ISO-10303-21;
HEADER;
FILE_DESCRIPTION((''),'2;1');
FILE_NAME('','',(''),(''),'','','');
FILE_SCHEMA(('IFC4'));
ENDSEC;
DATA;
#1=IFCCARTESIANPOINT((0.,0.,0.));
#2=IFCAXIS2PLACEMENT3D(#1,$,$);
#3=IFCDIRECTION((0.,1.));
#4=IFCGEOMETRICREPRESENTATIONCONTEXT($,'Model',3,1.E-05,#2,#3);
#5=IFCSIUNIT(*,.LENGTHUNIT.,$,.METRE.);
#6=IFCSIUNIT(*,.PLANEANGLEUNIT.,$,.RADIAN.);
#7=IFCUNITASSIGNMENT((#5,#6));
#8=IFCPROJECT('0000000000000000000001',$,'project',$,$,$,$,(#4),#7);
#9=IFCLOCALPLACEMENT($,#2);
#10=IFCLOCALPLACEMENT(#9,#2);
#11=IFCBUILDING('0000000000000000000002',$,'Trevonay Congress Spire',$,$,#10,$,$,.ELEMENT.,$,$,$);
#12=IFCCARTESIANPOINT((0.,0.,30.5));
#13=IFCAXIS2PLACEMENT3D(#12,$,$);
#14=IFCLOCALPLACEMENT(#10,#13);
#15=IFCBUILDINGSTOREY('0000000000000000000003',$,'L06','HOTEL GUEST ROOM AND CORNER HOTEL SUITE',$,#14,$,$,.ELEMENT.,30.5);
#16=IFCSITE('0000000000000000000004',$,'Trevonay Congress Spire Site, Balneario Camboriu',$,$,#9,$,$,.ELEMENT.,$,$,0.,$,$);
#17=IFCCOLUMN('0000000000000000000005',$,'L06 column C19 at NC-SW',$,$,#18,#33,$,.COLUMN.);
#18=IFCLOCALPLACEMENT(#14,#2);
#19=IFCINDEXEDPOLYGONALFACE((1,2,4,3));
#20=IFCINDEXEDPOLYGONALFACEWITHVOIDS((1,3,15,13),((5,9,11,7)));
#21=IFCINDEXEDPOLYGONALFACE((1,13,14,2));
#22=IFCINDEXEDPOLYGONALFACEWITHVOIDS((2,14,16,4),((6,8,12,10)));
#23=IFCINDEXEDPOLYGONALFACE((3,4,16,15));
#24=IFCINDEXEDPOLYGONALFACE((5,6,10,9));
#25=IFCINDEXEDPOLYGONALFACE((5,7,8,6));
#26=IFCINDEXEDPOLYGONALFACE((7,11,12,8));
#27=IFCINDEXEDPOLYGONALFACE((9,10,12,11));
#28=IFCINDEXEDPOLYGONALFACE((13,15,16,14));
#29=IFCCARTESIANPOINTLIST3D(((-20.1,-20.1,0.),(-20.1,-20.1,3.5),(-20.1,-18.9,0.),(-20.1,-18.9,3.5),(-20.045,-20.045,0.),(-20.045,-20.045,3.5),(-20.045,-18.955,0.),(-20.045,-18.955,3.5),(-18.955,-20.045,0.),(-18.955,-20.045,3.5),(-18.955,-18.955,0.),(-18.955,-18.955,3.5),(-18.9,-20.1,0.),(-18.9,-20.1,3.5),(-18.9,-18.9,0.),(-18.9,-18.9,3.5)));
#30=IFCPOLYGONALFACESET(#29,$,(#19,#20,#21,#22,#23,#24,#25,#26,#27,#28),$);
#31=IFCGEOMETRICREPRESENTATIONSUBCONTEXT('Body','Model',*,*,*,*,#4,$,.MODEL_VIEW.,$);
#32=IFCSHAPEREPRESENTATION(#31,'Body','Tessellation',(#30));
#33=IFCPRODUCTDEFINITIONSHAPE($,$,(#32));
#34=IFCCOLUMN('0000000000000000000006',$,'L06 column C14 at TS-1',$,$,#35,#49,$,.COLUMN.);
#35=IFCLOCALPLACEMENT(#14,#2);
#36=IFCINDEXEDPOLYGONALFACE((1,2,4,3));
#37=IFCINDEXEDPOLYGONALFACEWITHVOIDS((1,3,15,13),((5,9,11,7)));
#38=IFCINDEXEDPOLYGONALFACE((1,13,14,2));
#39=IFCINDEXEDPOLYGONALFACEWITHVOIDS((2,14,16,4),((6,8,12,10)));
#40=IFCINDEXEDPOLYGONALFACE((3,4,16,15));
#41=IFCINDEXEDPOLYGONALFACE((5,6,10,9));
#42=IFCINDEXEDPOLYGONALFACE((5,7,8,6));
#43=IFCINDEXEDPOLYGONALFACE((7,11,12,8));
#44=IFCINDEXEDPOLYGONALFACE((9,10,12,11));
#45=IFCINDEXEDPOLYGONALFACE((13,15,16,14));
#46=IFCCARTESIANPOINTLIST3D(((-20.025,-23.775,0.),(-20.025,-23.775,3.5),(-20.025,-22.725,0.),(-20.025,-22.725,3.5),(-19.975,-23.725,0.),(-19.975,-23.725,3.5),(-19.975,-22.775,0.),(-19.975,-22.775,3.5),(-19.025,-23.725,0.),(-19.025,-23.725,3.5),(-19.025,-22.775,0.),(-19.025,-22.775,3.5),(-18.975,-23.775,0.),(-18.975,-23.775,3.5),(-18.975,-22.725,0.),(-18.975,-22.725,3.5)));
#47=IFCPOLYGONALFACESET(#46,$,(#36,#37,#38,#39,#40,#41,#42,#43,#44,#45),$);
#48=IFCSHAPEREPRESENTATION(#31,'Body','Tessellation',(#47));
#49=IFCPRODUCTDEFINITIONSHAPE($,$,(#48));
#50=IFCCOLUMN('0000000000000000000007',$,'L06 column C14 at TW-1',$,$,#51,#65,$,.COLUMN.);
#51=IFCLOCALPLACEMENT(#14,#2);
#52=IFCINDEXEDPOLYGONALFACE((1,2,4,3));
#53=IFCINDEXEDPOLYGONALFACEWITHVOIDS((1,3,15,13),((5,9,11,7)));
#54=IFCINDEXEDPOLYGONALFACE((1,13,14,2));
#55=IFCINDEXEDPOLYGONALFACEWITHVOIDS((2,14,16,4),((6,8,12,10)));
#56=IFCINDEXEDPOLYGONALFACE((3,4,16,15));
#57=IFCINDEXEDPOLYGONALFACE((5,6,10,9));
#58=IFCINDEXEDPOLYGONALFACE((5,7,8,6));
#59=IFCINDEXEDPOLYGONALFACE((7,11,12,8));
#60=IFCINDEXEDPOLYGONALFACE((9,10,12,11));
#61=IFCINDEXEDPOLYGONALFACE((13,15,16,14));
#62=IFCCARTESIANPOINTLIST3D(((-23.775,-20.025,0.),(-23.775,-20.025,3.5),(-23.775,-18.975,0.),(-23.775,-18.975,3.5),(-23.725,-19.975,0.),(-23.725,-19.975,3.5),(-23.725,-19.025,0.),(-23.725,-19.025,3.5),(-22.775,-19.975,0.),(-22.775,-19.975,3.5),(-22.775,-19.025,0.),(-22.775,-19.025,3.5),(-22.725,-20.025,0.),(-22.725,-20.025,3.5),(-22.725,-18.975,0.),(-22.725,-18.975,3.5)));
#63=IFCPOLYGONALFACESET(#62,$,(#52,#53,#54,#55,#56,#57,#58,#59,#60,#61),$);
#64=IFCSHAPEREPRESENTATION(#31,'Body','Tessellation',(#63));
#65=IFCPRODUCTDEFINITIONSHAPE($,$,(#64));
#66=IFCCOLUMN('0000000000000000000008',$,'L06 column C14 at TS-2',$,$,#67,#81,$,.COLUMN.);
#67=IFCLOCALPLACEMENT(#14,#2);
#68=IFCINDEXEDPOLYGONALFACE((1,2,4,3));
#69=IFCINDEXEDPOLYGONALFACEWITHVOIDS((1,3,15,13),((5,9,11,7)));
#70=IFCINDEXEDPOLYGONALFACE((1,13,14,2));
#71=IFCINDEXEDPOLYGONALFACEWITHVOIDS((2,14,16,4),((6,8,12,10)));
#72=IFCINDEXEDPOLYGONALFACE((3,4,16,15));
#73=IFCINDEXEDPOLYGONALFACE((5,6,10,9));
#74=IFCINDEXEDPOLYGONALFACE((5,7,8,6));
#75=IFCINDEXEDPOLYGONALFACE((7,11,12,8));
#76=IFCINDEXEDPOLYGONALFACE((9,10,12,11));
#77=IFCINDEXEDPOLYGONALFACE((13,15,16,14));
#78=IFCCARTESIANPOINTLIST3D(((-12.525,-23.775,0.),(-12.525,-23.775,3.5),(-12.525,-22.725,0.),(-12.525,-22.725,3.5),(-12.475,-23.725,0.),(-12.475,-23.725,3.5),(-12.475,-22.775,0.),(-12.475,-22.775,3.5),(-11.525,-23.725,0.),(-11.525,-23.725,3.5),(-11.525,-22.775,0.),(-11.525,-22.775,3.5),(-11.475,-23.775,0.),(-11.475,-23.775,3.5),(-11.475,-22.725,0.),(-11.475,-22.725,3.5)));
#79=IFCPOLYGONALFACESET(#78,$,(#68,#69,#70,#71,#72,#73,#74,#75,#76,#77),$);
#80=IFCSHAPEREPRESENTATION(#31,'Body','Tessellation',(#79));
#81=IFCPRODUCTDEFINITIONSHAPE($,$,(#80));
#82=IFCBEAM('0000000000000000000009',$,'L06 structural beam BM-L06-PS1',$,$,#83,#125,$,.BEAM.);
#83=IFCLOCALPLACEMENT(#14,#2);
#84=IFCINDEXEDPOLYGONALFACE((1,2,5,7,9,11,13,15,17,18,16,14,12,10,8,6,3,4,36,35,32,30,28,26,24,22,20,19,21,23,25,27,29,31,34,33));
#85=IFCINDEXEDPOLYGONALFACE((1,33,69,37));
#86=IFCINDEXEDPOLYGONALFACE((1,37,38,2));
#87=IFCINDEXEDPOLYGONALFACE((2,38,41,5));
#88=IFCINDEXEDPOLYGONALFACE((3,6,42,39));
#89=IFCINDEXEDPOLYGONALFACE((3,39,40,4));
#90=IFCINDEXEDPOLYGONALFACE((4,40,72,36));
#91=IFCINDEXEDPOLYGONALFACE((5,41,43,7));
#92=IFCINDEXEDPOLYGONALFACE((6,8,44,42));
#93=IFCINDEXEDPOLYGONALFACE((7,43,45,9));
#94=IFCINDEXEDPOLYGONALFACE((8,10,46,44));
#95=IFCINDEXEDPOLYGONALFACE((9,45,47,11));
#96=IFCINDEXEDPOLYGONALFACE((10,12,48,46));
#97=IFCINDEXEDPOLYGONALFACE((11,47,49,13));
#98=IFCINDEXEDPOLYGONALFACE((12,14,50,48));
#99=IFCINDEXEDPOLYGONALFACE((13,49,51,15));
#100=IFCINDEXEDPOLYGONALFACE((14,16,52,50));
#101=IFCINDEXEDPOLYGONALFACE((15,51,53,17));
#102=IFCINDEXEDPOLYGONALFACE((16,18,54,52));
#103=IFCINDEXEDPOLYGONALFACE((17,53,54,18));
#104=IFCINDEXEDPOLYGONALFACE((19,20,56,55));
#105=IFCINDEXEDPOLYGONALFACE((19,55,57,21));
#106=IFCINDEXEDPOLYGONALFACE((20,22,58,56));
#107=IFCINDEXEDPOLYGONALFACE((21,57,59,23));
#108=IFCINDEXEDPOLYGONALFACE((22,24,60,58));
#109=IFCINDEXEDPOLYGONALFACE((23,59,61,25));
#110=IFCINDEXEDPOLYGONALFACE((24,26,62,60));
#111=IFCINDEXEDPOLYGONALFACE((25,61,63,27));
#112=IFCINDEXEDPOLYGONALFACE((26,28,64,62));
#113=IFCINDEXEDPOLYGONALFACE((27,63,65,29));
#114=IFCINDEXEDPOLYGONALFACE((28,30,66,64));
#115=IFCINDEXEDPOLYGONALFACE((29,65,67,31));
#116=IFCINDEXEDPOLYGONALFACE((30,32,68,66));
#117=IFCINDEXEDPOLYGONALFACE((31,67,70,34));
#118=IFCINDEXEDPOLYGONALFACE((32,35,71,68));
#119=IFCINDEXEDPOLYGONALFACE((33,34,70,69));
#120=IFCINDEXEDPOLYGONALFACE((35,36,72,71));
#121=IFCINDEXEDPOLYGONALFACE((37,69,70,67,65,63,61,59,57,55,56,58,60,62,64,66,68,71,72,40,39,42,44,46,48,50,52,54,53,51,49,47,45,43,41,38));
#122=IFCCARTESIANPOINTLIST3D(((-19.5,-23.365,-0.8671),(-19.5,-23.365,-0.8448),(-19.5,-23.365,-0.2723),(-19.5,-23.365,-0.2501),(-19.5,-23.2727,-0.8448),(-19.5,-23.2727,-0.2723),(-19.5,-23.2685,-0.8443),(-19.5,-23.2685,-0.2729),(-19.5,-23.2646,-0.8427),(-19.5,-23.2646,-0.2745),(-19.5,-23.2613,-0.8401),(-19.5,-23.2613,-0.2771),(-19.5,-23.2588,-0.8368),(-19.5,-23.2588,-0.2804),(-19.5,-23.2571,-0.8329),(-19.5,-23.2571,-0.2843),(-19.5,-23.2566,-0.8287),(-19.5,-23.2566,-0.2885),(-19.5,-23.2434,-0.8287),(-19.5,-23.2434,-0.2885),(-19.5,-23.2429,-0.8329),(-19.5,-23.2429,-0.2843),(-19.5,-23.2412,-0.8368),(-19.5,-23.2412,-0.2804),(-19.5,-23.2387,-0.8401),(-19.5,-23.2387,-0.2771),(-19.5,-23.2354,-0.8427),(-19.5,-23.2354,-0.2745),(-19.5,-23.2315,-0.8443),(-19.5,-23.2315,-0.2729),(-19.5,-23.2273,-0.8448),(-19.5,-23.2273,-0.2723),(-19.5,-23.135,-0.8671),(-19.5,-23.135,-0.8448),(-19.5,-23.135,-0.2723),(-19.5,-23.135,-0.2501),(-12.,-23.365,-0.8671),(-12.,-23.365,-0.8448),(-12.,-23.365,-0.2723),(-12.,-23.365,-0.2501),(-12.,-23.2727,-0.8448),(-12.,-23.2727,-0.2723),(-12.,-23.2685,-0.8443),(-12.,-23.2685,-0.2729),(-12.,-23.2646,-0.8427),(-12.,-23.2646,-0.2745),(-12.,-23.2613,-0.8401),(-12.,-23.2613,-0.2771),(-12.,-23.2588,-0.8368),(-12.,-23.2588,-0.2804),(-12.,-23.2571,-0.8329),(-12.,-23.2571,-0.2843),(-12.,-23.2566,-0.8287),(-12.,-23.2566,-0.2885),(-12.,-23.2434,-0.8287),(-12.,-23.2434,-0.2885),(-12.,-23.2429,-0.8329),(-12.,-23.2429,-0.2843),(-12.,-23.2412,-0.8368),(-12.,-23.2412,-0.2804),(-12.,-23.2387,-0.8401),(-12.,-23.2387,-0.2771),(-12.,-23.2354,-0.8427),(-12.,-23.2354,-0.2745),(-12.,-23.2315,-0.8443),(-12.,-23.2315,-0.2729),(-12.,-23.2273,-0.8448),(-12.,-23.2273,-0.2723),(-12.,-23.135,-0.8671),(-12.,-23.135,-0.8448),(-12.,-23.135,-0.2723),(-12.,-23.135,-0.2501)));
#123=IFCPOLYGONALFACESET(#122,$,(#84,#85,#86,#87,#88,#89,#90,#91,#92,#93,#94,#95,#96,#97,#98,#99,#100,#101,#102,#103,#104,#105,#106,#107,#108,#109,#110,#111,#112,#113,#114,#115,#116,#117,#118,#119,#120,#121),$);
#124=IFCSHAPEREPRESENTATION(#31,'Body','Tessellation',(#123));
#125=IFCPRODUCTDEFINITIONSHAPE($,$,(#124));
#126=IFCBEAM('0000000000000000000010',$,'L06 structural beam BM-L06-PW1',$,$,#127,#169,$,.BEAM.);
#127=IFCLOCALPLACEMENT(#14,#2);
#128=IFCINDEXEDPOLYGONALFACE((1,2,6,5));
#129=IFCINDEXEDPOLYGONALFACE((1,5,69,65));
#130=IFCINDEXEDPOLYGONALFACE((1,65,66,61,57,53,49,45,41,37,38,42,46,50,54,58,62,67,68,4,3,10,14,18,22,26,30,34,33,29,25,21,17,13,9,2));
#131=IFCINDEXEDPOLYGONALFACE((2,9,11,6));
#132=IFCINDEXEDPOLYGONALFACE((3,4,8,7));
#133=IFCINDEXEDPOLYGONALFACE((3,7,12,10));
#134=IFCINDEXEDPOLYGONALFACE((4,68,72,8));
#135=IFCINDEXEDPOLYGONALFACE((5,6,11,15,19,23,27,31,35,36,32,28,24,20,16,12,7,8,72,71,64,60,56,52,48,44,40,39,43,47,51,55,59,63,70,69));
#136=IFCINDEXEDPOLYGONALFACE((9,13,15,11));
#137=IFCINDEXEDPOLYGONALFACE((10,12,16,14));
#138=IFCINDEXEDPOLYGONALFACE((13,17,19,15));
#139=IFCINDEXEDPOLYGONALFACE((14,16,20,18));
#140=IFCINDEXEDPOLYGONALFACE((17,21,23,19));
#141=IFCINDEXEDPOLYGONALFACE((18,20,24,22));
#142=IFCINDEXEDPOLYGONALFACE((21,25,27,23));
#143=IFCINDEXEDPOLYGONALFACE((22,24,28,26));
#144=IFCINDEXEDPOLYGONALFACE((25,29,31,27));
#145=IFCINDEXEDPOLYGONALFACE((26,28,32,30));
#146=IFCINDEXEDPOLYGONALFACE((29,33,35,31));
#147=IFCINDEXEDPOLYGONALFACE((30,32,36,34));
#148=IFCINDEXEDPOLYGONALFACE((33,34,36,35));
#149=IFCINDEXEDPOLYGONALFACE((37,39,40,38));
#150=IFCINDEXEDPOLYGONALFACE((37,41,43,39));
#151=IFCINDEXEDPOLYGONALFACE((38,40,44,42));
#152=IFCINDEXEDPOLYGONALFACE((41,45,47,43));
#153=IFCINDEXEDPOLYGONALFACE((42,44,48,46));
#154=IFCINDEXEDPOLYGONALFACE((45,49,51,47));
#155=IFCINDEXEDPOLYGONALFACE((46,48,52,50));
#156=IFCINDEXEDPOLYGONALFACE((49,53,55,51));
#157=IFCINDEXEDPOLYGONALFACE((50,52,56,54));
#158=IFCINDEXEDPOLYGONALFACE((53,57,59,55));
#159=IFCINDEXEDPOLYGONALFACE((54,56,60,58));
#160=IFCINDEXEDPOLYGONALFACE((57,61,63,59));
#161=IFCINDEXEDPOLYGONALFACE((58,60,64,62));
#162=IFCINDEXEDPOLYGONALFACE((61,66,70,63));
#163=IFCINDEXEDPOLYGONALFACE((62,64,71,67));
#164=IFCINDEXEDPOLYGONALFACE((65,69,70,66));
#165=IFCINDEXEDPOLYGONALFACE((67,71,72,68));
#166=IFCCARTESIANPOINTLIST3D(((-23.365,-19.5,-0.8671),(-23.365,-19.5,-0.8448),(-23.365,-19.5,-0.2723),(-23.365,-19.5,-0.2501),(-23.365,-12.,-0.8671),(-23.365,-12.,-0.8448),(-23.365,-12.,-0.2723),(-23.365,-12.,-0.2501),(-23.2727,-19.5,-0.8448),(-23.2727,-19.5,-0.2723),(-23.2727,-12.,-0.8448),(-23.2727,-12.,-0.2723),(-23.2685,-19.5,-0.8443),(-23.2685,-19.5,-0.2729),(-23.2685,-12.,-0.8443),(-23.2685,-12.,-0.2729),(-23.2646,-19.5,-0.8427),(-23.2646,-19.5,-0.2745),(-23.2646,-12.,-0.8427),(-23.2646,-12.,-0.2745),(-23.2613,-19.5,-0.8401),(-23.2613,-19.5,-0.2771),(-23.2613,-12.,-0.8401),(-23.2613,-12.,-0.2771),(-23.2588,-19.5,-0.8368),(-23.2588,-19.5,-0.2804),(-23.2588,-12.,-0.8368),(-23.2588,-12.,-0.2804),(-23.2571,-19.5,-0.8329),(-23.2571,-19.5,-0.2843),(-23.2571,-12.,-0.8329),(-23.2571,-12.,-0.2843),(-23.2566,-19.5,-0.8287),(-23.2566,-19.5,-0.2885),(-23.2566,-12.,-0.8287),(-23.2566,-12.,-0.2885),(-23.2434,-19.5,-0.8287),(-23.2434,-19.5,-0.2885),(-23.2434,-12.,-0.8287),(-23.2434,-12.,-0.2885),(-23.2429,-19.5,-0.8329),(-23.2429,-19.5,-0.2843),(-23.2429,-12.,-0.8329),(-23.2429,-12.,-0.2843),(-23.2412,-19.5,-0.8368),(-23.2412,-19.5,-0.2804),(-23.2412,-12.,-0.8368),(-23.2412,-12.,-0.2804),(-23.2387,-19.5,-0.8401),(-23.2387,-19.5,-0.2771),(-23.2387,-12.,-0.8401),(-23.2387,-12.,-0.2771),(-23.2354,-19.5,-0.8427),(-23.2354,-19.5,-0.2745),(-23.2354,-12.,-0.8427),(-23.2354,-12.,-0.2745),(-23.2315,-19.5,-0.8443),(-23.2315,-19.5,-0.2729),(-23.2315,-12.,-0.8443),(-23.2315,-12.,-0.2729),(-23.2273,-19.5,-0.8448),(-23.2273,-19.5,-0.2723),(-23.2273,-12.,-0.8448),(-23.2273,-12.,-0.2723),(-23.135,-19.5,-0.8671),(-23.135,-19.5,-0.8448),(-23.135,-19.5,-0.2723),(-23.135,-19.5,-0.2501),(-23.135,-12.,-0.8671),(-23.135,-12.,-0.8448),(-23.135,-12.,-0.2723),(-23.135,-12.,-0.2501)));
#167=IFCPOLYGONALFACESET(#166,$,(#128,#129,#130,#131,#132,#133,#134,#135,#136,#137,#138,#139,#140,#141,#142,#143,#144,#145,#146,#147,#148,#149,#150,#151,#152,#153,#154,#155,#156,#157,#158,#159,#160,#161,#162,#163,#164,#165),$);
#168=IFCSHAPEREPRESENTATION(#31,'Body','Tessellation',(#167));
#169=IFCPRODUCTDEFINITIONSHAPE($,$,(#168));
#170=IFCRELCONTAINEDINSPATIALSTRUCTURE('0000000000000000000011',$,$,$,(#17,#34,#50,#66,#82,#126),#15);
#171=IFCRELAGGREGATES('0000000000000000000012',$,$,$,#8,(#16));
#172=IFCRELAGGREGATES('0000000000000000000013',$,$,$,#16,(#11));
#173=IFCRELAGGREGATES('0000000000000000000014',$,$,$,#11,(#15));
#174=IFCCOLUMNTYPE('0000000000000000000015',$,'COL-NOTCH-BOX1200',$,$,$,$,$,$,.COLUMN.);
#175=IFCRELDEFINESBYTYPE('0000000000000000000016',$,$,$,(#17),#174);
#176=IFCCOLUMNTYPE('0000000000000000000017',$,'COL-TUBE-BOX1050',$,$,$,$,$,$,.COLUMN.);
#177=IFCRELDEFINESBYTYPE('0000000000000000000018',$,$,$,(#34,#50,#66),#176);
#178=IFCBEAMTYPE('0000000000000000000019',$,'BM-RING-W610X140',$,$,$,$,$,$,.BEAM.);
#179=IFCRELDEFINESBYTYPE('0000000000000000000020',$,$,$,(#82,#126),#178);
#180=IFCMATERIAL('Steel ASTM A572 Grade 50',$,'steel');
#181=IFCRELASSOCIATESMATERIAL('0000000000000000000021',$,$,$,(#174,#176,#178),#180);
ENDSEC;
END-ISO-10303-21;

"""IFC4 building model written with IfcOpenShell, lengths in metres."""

from ifc_helpers import new_model, si_unit, direction, frame, origin, origin_2d, place, context, subcontext, project, spatial, hollow_rectangle, i_section, extrude, material, material_profile, profile_set, type_object, element, save


model = new_model("IFC4")

# Units and contexts
model_context = context("Model", 3, precision=1e-05, world=origin(), true_north=direction((0.0, 1.0)))
body_context = subcontext(model_context, "Body", "Model", "MODEL_VIEW")
ifc_project = project(units=[si_unit("LENGTHUNIT", "METRE"), si_unit("PLANEANGLEUNIT", "RADIAN")], contexts=[model_context])

# Site, building, storey
site_placement = place(None, origin())
site = spatial("IfcSite", under=ifc_project, at=site_placement, Name="Trevonay Congress Spire Site, Balneario Camboriu", CompositionType="ELEMENT", RefElevation=0.0)
building_placement = place(site_placement, origin())
building = spatial("IfcBuilding", under=site, at=building_placement, Name="Trevonay Congress Spire", CompositionType="ELEMENT")
storey_placement = place(building_placement, frame((0.0, 0.0, 30.5)))
storey = spatial("IfcBuildingStorey", under=building, at=storey_placement, Name="L06", Description="HOTEL GUEST ROOM AND CORNER HOTEL SUITE", CompositionType="ELEMENT", Elevation=30.5)

# Columns
ifc_material_1 = material(Name="Steel ASTM A572 Grade 50", Category="steel")
ifc_material_profile_1 = material_profile(ifc_material_1, hollow_rectangle(XDim=1.2, YDim=1.2, WallThickness=0.0549, at=origin_2d()), Name="BOX 1200x1200x55")
ifc_profile_set_1 = profile_set([ifc_material_profile_1], Name="Steel ASTM A572 Grade 50")
column_type_1 = type_object("IfcColumnType", Name="COL-NOTCH-BOX1200", PredefinedType="COLUMN", material=ifc_profile_set_1)
column_placement = place(storey_placement, frame((-19.5, -19.5, 0.0), z_axis=(0.0, 0.0, 1.0), x_axis=(1.0, 0.0, 0.0)))
element("IfcColumn", 1, at=column_placement, inside=storey, type_object=column_type_1, Name="L06 column C19 at NC-SW", PredefinedType="COLUMN", context=body_context, shape_type="SweptSolid", body=[
    extrude(hollow_rectangle(XDim=1.2, YDim=1.2, WallThickness=0.0549, at=origin_2d()), origin(), (0.0, 0.0, 1.0), 3.5),
])
ifc_material_profile_2 = material_profile(ifc_material_1, hollow_rectangle(XDim=1.05, YDim=1.05, WallThickness=0.05, at=origin_2d()), Name="BOX 1050x1050x50")
ifc_profile_set_2 = profile_set([ifc_material_profile_2], Name="Steel ASTM A572 Grade 50")
column_type_2 = type_object("IfcColumnType", Name="COL-TUBE-BOX1050", PredefinedType="COLUMN", material=ifc_profile_set_2)
for number, where, z_axis, x_axis, name in (
    (2, (-19.5, -23.25, 0.0), (0.0, 0.0, 1.0), (1.0, 0.0, 0.0), "L06 column C14 at TS-1"),
    (3, (-23.25, -19.5, 0.0), (0.0, 0.0, 1.0), (1.0, 0.0, 0.0), "L06 column C14 at TW-1"),
    (4, (-12.0, -23.25, 0.0), (0.0, 0.0, 1.0), (1.0, 0.0, 0.0), "L06 column C14 at TS-2"),
):
    element("IfcColumn", number, at=place(storey_placement, frame(where, z_axis=z_axis, x_axis=x_axis)), inside=storey, type_object=column_type_2, Name=name, PredefinedType="COLUMN", context=body_context, shape_type="SweptSolid", body=[
        extrude(hollow_rectangle(XDim=1.05, YDim=1.05, WallThickness=0.05, at=origin_2d()), origin(), (0.0, 0.0, 1.0), 3.5),
    ])

# Beams
ifc_material_profile_3 = material_profile(ifc_material_1, i_section(OverallWidth=0.23, OverallDepth=0.6169, WebThickness=0.0132, FlangeThickness=0.0222, FilletRadius=0.0161, at=origin_2d()), Name="W610x140")
ifc_profile_set_3 = profile_set([ifc_material_profile_3], Name="Steel ASTM A572 Grade 50")
beam_type = type_object("IfcBeamType", Name="BM-RING-W610X140", PredefinedType="BEAM", material=ifc_profile_set_3)
for number, where, z_axis, x_axis, name in (
    (5, (-19.5, -23.25, -0.5586), (1.0, 0.0, 0.0), (0.0, 1.0, 0.0), "L06 structural beam BM-L06-PS1"),
    (6, (-23.25, -19.5, -0.5586), (0.0, 1.0, 0.0), (-1.0, 0.0, 0.0), "L06 structural beam BM-L06-PW1"),
):
    element("IfcBeam", number, at=place(storey_placement, frame(where, z_axis=z_axis, x_axis=x_axis)), inside=storey, type_object=beam_type, Name=name, PredefinedType="BEAM", context=body_context, shape_type="SweptSolid", body=[
        extrude(i_section(OverallWidth=0.23, OverallDepth=0.6169, WebThickness=0.0132, FlangeThickness=0.0222, FilletRadius=0.0161, at=origin_2d()), origin(), (0.0, 0.0, 1.0), 7.5),
    ])

save(model, "model.ifc")
